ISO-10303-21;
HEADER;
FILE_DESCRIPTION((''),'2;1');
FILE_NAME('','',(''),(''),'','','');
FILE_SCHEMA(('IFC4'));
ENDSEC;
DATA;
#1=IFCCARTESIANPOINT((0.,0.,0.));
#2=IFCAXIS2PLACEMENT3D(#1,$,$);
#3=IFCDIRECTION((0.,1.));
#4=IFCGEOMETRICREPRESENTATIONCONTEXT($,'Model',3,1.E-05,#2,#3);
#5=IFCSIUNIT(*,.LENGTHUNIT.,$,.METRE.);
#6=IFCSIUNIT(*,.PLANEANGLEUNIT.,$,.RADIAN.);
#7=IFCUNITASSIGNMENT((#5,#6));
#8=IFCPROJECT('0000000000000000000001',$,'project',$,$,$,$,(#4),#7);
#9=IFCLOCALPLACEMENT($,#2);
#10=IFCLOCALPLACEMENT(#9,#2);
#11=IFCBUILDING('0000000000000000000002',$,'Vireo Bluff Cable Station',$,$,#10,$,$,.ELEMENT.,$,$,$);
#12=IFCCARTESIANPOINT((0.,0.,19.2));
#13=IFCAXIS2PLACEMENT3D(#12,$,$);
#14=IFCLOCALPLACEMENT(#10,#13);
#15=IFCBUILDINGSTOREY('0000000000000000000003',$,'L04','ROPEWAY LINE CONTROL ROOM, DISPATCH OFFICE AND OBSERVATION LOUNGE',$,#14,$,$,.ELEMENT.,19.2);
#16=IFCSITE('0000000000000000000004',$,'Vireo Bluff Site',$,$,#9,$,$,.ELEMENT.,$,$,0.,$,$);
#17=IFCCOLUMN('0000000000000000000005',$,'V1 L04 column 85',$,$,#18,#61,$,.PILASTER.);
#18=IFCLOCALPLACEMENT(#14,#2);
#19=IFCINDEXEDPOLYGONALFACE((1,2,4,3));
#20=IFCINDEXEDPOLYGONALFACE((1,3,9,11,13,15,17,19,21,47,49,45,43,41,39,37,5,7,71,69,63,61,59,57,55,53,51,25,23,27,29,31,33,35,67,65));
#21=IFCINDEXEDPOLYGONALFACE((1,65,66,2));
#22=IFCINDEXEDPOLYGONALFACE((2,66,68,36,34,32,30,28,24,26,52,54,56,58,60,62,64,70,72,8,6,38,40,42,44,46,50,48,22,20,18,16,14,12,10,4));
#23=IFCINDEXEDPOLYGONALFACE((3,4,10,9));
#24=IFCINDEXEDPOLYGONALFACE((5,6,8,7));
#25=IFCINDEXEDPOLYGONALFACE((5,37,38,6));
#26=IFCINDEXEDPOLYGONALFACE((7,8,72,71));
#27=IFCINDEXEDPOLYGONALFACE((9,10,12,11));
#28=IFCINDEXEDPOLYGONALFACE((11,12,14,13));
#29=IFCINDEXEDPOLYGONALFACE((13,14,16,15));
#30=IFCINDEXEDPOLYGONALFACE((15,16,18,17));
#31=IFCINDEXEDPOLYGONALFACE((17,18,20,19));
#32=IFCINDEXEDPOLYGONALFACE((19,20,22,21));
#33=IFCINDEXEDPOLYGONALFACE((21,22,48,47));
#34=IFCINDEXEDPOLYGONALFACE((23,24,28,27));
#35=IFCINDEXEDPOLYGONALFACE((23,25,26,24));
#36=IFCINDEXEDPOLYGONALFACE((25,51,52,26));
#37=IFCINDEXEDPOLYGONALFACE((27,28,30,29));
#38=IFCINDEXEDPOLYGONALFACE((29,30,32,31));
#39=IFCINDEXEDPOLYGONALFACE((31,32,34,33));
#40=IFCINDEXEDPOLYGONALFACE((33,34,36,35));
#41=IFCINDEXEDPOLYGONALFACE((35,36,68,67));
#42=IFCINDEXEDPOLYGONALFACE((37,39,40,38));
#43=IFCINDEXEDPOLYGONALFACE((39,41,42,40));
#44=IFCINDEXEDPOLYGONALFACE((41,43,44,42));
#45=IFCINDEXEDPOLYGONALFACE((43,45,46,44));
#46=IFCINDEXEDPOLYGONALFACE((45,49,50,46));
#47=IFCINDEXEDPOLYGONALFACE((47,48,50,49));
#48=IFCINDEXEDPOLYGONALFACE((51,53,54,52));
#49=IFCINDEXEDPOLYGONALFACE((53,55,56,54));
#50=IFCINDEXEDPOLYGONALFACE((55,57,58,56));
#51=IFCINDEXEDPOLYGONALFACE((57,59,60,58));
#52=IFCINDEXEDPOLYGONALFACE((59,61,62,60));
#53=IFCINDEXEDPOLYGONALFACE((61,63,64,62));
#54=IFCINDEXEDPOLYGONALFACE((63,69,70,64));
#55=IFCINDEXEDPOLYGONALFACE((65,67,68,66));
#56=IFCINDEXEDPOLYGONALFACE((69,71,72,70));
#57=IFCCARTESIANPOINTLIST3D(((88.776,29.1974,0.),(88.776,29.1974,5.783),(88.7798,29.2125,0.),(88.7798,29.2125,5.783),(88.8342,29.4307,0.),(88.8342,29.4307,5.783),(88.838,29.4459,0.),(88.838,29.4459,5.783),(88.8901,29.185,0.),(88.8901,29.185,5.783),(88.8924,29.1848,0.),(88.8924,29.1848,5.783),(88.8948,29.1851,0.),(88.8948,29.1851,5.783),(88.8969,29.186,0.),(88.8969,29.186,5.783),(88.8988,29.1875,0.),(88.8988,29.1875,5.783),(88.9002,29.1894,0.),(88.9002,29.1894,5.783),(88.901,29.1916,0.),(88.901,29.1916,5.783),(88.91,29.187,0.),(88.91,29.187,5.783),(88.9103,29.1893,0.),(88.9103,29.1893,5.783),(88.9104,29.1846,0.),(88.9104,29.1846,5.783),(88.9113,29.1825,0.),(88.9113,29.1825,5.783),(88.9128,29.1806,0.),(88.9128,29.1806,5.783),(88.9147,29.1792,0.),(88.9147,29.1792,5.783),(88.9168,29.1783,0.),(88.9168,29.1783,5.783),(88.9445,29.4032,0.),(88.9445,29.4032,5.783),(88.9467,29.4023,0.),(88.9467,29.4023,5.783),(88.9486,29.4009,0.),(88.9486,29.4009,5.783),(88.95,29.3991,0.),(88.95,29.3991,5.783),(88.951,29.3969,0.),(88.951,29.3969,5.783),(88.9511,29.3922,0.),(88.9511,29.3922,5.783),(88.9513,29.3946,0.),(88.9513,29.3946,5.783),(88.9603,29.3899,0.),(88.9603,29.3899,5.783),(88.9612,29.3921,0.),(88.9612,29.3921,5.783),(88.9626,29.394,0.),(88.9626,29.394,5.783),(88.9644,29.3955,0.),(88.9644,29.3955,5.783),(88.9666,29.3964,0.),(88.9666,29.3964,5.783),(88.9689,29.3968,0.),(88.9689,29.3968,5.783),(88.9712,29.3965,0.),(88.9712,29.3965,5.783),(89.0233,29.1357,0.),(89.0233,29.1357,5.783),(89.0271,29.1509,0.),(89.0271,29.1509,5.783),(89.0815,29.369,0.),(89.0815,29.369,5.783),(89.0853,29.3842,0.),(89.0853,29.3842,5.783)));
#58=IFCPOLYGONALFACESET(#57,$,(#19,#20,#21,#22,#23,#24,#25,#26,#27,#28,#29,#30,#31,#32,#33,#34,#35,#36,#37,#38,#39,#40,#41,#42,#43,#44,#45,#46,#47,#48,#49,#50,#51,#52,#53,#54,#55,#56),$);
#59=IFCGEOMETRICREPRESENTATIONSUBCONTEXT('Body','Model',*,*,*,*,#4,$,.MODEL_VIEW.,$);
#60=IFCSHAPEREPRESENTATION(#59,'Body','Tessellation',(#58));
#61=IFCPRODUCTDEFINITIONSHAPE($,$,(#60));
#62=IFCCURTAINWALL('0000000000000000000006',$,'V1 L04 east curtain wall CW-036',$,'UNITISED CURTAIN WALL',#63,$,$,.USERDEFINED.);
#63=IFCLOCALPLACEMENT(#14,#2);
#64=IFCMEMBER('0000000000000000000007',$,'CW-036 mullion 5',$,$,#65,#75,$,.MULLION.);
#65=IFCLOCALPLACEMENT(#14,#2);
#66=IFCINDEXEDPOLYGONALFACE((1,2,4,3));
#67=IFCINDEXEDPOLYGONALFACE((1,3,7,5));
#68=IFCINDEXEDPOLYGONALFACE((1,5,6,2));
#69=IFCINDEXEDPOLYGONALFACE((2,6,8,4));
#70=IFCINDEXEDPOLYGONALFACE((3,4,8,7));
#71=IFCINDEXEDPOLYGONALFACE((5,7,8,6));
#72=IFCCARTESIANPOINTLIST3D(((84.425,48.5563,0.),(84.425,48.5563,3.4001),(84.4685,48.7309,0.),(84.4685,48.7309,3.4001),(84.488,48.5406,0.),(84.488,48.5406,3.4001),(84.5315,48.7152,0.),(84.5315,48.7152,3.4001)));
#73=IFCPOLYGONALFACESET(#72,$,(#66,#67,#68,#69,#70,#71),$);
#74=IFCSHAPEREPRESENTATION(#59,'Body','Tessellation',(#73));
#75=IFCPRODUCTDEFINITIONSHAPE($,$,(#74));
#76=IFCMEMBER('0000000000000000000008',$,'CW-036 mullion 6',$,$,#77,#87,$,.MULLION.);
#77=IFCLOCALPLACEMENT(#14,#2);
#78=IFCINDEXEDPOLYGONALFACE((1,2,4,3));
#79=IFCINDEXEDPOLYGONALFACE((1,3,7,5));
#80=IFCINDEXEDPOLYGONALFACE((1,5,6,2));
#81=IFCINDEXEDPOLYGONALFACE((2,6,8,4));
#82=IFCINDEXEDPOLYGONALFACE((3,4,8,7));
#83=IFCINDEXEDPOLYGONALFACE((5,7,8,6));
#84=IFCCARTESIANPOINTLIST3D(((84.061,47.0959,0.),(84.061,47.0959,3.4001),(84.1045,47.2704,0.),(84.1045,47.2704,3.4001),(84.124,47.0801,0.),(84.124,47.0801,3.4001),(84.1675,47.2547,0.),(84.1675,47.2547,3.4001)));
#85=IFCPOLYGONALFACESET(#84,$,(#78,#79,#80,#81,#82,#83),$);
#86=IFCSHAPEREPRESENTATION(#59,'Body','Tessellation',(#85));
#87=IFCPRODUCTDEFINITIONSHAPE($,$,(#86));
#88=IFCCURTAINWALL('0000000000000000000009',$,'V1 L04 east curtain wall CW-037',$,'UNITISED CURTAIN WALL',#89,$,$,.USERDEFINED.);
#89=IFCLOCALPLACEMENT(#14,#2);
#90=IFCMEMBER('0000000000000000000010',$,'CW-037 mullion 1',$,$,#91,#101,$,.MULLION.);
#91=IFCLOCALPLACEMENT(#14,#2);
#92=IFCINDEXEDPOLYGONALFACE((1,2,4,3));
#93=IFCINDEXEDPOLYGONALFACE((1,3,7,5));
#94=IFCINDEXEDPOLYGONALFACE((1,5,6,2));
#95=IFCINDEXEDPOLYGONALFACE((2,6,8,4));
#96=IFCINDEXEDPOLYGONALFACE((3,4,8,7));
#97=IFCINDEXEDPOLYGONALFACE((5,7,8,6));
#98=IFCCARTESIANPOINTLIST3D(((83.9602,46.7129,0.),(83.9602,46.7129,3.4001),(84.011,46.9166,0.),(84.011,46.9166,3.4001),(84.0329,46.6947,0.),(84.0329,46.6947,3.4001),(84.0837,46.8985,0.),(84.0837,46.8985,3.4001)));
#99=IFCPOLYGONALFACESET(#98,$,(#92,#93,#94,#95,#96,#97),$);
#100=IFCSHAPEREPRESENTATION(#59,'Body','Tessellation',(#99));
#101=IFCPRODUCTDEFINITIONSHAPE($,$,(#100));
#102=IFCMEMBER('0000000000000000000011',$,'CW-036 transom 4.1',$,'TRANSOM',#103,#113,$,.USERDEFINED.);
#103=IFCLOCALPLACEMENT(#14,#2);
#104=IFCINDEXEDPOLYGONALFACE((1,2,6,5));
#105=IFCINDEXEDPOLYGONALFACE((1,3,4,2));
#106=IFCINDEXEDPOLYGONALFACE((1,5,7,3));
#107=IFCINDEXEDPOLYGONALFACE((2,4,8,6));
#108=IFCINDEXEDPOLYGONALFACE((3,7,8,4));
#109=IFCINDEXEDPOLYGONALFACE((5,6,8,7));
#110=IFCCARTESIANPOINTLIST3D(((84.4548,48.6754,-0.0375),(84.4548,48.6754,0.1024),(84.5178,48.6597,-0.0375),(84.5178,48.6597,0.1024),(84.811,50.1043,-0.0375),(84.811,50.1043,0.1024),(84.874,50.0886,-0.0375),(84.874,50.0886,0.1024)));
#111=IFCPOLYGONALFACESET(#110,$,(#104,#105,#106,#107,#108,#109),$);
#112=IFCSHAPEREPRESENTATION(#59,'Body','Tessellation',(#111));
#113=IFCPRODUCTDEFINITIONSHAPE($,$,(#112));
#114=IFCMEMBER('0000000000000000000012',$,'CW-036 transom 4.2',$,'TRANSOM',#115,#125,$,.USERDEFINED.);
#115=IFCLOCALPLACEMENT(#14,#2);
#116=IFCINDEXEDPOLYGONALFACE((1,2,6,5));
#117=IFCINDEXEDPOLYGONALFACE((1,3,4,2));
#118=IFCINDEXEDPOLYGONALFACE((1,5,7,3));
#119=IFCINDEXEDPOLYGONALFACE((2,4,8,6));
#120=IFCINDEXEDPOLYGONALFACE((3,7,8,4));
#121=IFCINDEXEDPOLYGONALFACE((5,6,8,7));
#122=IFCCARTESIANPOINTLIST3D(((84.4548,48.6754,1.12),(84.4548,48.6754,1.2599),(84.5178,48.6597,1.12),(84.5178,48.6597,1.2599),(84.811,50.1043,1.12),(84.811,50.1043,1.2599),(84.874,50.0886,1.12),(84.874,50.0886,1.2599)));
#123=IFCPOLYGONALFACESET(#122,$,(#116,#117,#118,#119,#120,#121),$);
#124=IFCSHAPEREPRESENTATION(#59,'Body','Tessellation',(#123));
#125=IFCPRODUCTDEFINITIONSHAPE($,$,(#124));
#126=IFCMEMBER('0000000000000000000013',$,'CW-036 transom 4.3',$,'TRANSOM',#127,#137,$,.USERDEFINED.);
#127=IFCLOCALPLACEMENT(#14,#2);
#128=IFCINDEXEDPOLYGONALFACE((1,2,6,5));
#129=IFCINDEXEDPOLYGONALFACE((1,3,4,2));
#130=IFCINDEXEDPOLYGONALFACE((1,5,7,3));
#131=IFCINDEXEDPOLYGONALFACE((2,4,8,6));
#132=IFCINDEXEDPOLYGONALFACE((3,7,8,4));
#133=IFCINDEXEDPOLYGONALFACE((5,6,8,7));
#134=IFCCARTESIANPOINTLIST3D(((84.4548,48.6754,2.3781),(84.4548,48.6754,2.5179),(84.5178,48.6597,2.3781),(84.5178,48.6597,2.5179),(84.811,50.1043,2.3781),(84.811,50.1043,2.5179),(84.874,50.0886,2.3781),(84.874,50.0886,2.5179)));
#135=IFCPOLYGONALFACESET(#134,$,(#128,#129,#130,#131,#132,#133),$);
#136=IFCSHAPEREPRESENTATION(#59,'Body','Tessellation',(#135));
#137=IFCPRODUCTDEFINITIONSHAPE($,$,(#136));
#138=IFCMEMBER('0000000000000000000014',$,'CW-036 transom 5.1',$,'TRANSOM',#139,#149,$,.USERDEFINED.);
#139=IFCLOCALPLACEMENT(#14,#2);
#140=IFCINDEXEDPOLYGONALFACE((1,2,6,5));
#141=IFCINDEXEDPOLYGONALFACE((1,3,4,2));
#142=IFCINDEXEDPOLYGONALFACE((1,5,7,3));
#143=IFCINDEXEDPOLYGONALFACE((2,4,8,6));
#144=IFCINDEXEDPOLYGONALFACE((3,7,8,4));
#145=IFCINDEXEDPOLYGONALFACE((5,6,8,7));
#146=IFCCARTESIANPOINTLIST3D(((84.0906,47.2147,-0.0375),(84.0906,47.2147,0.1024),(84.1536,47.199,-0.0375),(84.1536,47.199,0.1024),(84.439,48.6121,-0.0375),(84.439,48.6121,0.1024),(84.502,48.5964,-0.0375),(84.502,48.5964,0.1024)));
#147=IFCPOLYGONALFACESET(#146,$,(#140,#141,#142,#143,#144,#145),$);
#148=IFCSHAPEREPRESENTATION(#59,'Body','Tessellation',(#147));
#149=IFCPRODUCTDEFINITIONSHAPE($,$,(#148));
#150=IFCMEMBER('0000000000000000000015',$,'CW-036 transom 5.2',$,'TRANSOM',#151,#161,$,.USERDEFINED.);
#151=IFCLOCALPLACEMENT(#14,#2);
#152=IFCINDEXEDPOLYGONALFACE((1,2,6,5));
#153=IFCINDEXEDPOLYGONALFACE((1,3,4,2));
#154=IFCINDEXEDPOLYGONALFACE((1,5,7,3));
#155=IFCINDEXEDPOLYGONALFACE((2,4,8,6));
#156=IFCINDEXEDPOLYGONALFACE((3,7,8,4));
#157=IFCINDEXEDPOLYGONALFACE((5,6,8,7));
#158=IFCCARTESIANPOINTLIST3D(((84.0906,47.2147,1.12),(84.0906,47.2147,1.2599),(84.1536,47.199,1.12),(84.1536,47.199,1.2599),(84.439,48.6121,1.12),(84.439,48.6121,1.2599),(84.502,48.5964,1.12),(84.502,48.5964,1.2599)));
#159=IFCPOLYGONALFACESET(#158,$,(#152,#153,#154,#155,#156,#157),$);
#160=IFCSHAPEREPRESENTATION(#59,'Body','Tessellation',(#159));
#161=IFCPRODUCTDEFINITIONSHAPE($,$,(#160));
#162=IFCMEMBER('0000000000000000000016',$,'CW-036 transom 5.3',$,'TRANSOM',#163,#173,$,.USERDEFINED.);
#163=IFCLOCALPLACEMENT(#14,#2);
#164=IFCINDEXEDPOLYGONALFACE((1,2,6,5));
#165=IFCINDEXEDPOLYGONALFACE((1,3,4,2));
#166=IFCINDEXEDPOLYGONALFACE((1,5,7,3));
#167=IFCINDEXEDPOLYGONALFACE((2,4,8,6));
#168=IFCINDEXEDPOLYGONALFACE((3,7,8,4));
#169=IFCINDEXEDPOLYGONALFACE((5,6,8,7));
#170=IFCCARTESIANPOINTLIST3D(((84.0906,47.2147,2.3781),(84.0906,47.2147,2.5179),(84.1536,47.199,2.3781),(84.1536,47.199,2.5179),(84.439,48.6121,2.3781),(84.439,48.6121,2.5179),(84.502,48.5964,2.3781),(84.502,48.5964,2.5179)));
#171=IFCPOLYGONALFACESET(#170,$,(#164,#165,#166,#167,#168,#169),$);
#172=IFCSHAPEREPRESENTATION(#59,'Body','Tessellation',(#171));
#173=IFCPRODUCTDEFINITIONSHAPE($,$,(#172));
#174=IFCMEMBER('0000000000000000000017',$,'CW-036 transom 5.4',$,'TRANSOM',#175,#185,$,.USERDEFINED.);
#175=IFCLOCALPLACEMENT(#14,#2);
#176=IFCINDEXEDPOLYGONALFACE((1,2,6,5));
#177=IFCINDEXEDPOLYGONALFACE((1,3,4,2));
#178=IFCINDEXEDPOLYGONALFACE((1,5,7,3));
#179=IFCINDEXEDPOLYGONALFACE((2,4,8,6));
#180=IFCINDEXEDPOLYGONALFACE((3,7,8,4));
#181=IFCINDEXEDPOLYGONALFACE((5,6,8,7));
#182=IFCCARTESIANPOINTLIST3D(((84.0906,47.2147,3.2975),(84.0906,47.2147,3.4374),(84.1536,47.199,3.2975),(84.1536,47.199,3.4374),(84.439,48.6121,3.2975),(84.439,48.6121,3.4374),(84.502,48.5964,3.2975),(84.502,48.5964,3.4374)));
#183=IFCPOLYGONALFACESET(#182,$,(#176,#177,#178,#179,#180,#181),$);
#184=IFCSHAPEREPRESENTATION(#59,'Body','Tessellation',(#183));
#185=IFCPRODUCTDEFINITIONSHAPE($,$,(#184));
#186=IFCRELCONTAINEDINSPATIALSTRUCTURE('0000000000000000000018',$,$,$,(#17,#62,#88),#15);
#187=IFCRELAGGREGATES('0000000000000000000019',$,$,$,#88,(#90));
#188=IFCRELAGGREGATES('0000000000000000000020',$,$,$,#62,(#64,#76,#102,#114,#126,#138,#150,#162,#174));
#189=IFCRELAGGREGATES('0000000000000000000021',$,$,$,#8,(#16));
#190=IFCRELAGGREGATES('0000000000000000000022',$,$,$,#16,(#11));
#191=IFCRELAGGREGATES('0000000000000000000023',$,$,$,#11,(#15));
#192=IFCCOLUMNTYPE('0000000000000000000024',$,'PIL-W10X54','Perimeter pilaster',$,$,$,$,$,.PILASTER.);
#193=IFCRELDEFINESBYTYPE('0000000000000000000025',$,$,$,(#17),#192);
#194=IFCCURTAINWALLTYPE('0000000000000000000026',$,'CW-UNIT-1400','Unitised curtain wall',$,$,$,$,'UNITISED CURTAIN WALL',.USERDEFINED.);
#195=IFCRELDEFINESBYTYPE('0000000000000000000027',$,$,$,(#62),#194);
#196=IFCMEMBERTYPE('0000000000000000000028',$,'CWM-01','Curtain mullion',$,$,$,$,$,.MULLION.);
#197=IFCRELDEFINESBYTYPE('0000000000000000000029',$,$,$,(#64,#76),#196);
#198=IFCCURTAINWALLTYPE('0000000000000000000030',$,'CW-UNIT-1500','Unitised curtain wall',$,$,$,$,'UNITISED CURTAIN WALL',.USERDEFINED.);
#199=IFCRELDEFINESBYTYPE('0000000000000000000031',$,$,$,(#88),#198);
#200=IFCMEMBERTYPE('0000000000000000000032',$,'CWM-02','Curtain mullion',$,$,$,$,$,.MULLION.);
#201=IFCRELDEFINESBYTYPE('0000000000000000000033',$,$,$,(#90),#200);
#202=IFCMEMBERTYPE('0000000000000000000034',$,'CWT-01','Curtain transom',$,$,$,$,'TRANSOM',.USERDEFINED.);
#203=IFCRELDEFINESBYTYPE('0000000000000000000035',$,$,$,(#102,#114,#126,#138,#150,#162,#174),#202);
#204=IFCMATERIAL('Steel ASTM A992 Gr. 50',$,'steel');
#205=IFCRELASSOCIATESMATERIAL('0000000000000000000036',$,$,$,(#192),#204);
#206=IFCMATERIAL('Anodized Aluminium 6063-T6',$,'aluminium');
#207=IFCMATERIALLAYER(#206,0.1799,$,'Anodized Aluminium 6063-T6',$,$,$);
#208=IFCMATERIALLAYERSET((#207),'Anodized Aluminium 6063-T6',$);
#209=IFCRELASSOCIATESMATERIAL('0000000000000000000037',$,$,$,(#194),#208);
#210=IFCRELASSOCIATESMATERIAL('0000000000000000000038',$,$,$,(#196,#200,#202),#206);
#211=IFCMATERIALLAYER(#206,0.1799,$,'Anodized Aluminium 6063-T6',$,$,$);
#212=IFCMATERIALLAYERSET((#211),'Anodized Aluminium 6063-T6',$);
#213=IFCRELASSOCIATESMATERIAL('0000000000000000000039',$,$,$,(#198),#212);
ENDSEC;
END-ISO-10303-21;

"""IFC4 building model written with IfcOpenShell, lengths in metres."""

from ifc_helpers import new_model, si_unit, direction, frame, origin, origin_2d, place, context, subcontext, project, spatial, rectangle, i_section, extrude, material, layer, layer_set, material_profile, profile_set, type_object, element, aggregate, save


model = new_model("IFC4")

# Units and contexts
model_context = context("Model", 3, precision=1e-05, world=origin(), true_north=direction((0.0, 1.0)))
body_context = subcontext(model_context, "Body", "Model", "MODEL_VIEW")
ifc_project = project(units=[si_unit("LENGTHUNIT", "METRE"), si_unit("PLANEANGLEUNIT", "RADIAN")], contexts=[model_context])

# Site, building, storey
site_placement = place(None, origin())
site = spatial("IfcSite", under=ifc_project, at=site_placement, Name="Vireo Bluff Site", CompositionType="ELEMENT", RefElevation=0.0)
building_placement = place(site_placement, origin())
building = spatial("IfcBuilding", under=site, at=building_placement, Name="Vireo Bluff Cable Station", CompositionType="ELEMENT")
storey_placement = place(building_placement, frame((0.0, 0.0, 19.2)))
storey = spatial("IfcBuildingStorey", under=building, at=storey_placement, Name="L04", Description="ROPEWAY LINE CONTROL ROOM, DISPATCH OFFICE AND OBSERVATION LOUNGE", CompositionType="ELEMENT", Elevation=19.2)

# Column
ifc_material_1 = material(Name="Steel ASTM A992 Gr. 50", Category="steel")
ifc_material_profile_1 = material_profile(ifc_material_1, i_section(OverallWidth=0.2549, OverallDepth=0.2561, WebThickness=0.0095, FlangeThickness=0.0156, FilletRadius=0.009, at=origin_2d()), Name="W10X54")
ifc_profile_set_1 = profile_set([ifc_material_profile_1], Name="Steel ASTM A992 Gr. 50")
column_type_1 = type_object("IfcColumnType", Name="PIL-W10X54", Description="Perimeter pilaster", PredefinedType="PILASTER", material=ifc_profile_set_1)
column_1_placement = place(storey_placement, frame((88.9307, 29.2908, 0.0), z_axis=(0.0, 0.0, 1.0), x_axis=(0.970296, -0.241922, 0.0)))
element("IfcColumn", 1, at=column_1_placement, inside=storey, type_object=column_type_1, Name="V1 L04 column 85", PredefinedType="PILASTER", context=body_context, shape_type="SweptSolid", body=[
    extrude(i_section(OverallWidth=0.2549, OverallDepth=0.2561, WebThickness=0.0095, FlangeThickness=0.0156, FilletRadius=0.009, at=origin_2d()), origin(), (0.0, 0.0, 1.0), 5.783),
])

# Curtain wall, members
ifc_material_2 = material(Name="Anodized Aluminium 6063-T6", Category="aluminium")
ifc_layer_1 = layer(ifc_material_2, 0.1799, Name="Anodized Aluminium 6063-T6")
ifc_layer_set_1 = layer_set([ifc_layer_1], Name="Anodized Aluminium 6063-T6")
curtain_wall_type_1 = type_object("IfcCurtainWallType", Name="CW-UNIT-1400", Description="Unitised curtain wall", ElementType="UNITISED CURTAIN WALL", PredefinedType="USERDEFINED", material=ifc_layer_set_1)
curtain_wall_1_placement = place(storey_placement, origin())
curtain_wall_1 = element("IfcCurtainWall", 2, at=curtain_wall_1_placement, inside=storey, type_object=curtain_wall_type_1, Name="V1 L04 east curtain wall CW-036", ObjectType="UNITISED CURTAIN WALL", PredefinedType="USERDEFINED")
ifc_material_profile_2 = material_profile(ifc_material_2, rectangle(XDim=0.0649, YDim=0.1799, at=origin_2d()), Name="ALU-M-65X180")
ifc_profile_set_2 = profile_set([ifc_material_profile_2], Name="Anodized Aluminium 6063-T6")
member_type_1 = type_object("IfcMemberType", Name="CWM-01", Description="Curtain mullion", PredefinedType="MULLION", material=ifc_profile_set_2)
member_1_placement = place(storey_placement, frame((84.4783, 48.6357, 0.0), z_axis=(0.0, 0.0, 1.0), x_axis=(0.970296, -0.241922, 0.0)))
member_1 = element("IfcMember", 3, at=member_1_placement, type_object=member_type_1, Name="CW-036 mullion 5", PredefinedType="MULLION", context=body_context, shape_type="SweptSolid", body=[
    extrude(rectangle(XDim=0.0649, YDim=0.1799, at=origin_2d()), origin(), (0.0, 0.0, 1.0), 3.4001),
])
member_2_placement = place(storey_placement, frame((84.1143, 47.1753, 0.0), z_axis=(0.0, 0.0, 1.0), x_axis=(0.970296, -0.241922, 0.0)))
member_2 = element("IfcMember", 4, at=member_2_placement, type_object=member_type_1, Name="CW-036 mullion 6", PredefinedType="MULLION", context=body_context, shape_type="SweptSolid", body=[
    extrude(rectangle(XDim=0.0649, YDim=0.1799, at=origin_2d()), origin(), (0.0, 0.0, 1.0), 3.4001),
])

# Curtain wall, member
ifc_layer_2 = layer(ifc_material_2, 0.1799, Name="Anodized Aluminium 6063-T6")
ifc_layer_set_2 = layer_set([ifc_layer_2], Name="Anodized Aluminium 6063-T6")
curtain_wall_type_2 = type_object("IfcCurtainWallType", Name="CW-UNIT-1500", Description="Unitised curtain wall", ElementType="UNITISED CURTAIN WALL", PredefinedType="USERDEFINED", material=ifc_layer_set_2)
curtain_wall_2_placement = place(storey_placement, origin())
curtain_wall_2 = element("IfcCurtainWall", 5, at=curtain_wall_2_placement, inside=storey, type_object=curtain_wall_type_2, Name="V1 L04 east curtain wall CW-037", ObjectType="UNITISED CURTAIN WALL", PredefinedType="USERDEFINED")
ifc_material_profile_3 = material_profile(ifc_material_2, rectangle(XDim=0.075, YDim=0.21, at=origin_2d()), Name="ALU-M-75X210")
ifc_profile_set_3 = profile_set([ifc_material_profile_3], Name="Anodized Aluminium 6063-T6")
member_type_2 = type_object("IfcMemberType", Name="CWM-02", Description="Curtain mullion", PredefinedType="MULLION", material=ifc_profile_set_3)
member_3_placement = place(storey_placement, frame((84.022, 46.8057, 0.0), z_axis=(0.0, 0.0, 1.0), x_axis=(0.970296, -0.241922, 0.0)))
member_3 = element("IfcMember", 6, at=member_3_placement, type_object=member_type_2, Name="CW-037 mullion 1", PredefinedType="MULLION", context=body_context, shape_type="SweptSolid", body=[
    extrude(rectangle(XDim=0.075, YDim=0.21, at=origin_2d()), origin(), (0.0, 0.0, 1.0), 3.4001),
])

# Members
ifc_material_profile_4 = material_profile(ifc_material_2, rectangle(XDim=0.0649, YDim=0.1399, at=origin_2d()), Name="ALU-T-65X140")
ifc_profile_set_4 = profile_set([ifc_material_profile_4], Name="Anodized Aluminium 6063-T6")
member_type_3 = type_object("IfcMemberType", Name="CWT-01", Description="Curtain transom", ElementType="TRANSOM", PredefinedType="USERDEFINED", material=ifc_profile_set_4)
member_4_placement = place(storey_placement, frame((84.8425, 50.0964, 0.0325), z_axis=(-0.241872, -0.970308, 0.0), x_axis=(0.970308, -0.241872, 0.0)))
member_4 = element("IfcMember", 7, at=member_4_placement, type_object=member_type_3, Name="CW-036 transom 4.1", ObjectType="TRANSOM", PredefinedType="USERDEFINED", context=body_context, shape_type="SweptSolid", body=[
    extrude(rectangle(XDim=0.0649, YDim=0.1399, at=origin_2d()), origin(), (0.0, 0.0, 1.0), 1.4727),
])
member_5_placement = place(storey_placement, frame((84.8425, 50.0964, 1.1899), z_axis=(-0.241872, -0.970308, 0.0), x_axis=(0.970308, -0.241872, 0.0)))
member_5 = element("IfcMember", 8, at=member_5_placement, type_object=member_type_3, Name="CW-036 transom 4.2", ObjectType="TRANSOM", PredefinedType="USERDEFINED", context=body_context, shape_type="SweptSolid", body=[
    extrude(rectangle(XDim=0.0649, YDim=0.1399, at=origin_2d()), origin(), (0.0, 0.0, 1.0), 1.4727),
])
member_6_placement = place(storey_placement, frame((84.8425, 50.0964, 2.448), z_axis=(-0.241872, -0.970308, 0.0), x_axis=(0.970308, -0.241872, 0.0)))
member_6 = element("IfcMember", 9, at=member_6_placement, type_object=member_type_3, Name="CW-036 transom 4.3", ObjectType="TRANSOM", PredefinedType="USERDEFINED", context=body_context, shape_type="SweptSolid", body=[
    extrude(rectangle(XDim=0.0649, YDim=0.1399, at=origin_2d()), origin(), (0.0, 0.0, 1.0), 1.4727),
])
member_7_placement = place(storey_placement, frame((84.4705, 48.6042, 0.0325), z_axis=(-0.241897, -0.970302, 0.0), x_axis=(0.970302, -0.241897, 0.0)))
member_7 = element("IfcMember", 10, at=member_7_placement, type_object=member_type_3, Name="CW-036 transom 5.1", ObjectType="TRANSOM", PredefinedType="USERDEFINED", context=body_context, shape_type="SweptSolid", body=[
    extrude(rectangle(XDim=0.0649, YDim=0.1399, at=origin_2d()), origin(), (0.0, 0.0, 1.0), 1.4402),
])
member_8_placement = place(storey_placement, frame((84.4705, 48.6042, 1.1899), z_axis=(-0.241897, -0.970302, 0.0), x_axis=(0.970302, -0.241897, 0.0)))
member_8 = element("IfcMember", 11, at=member_8_placement, type_object=member_type_3, Name="CW-036 transom 5.2", ObjectType="TRANSOM", PredefinedType="USERDEFINED", context=body_context, shape_type="SweptSolid", body=[
    extrude(rectangle(XDim=0.0649, YDim=0.1399, at=origin_2d()), origin(), (0.0, 0.0, 1.0), 1.4402),
])
member_9_placement = place(storey_placement, frame((84.4705, 48.6042, 2.448), z_axis=(-0.241897, -0.970302, 0.0), x_axis=(0.970302, -0.241897, 0.0)))
member_9 = element("IfcMember", 12, at=member_9_placement, type_object=member_type_3, Name="CW-036 transom 5.3", ObjectType="TRANSOM", PredefinedType="USERDEFINED", context=body_context, shape_type="SweptSolid", body=[
    extrude(rectangle(XDim=0.0649, YDim=0.1399, at=origin_2d()), origin(), (0.0, 0.0, 1.0), 1.4402),
])
member_10_placement = place(storey_placement, frame((84.4705, 48.6042, 3.3674), z_axis=(-0.241897, -0.970302, 0.0), x_axis=(0.970302, -0.241897, 0.0)))
member_10 = element("IfcMember", 13, at=member_10_placement, type_object=member_type_3, Name="CW-036 transom 5.4", ObjectType="TRANSOM", PredefinedType="USERDEFINED", context=body_context, shape_type="SweptSolid", body=[
    extrude(rectangle(XDim=0.0649, YDim=0.1399, at=origin_2d()), origin(), (0.0, 0.0, 1.0), 1.4402),
])
aggregate(curtain_wall_2, [member_3])

aggregate(curtain_wall_1, [member_1, member_2, member_4, member_5, member_6, member_7, member_8, member_9, member_10])

save(model, "model.ifc")
